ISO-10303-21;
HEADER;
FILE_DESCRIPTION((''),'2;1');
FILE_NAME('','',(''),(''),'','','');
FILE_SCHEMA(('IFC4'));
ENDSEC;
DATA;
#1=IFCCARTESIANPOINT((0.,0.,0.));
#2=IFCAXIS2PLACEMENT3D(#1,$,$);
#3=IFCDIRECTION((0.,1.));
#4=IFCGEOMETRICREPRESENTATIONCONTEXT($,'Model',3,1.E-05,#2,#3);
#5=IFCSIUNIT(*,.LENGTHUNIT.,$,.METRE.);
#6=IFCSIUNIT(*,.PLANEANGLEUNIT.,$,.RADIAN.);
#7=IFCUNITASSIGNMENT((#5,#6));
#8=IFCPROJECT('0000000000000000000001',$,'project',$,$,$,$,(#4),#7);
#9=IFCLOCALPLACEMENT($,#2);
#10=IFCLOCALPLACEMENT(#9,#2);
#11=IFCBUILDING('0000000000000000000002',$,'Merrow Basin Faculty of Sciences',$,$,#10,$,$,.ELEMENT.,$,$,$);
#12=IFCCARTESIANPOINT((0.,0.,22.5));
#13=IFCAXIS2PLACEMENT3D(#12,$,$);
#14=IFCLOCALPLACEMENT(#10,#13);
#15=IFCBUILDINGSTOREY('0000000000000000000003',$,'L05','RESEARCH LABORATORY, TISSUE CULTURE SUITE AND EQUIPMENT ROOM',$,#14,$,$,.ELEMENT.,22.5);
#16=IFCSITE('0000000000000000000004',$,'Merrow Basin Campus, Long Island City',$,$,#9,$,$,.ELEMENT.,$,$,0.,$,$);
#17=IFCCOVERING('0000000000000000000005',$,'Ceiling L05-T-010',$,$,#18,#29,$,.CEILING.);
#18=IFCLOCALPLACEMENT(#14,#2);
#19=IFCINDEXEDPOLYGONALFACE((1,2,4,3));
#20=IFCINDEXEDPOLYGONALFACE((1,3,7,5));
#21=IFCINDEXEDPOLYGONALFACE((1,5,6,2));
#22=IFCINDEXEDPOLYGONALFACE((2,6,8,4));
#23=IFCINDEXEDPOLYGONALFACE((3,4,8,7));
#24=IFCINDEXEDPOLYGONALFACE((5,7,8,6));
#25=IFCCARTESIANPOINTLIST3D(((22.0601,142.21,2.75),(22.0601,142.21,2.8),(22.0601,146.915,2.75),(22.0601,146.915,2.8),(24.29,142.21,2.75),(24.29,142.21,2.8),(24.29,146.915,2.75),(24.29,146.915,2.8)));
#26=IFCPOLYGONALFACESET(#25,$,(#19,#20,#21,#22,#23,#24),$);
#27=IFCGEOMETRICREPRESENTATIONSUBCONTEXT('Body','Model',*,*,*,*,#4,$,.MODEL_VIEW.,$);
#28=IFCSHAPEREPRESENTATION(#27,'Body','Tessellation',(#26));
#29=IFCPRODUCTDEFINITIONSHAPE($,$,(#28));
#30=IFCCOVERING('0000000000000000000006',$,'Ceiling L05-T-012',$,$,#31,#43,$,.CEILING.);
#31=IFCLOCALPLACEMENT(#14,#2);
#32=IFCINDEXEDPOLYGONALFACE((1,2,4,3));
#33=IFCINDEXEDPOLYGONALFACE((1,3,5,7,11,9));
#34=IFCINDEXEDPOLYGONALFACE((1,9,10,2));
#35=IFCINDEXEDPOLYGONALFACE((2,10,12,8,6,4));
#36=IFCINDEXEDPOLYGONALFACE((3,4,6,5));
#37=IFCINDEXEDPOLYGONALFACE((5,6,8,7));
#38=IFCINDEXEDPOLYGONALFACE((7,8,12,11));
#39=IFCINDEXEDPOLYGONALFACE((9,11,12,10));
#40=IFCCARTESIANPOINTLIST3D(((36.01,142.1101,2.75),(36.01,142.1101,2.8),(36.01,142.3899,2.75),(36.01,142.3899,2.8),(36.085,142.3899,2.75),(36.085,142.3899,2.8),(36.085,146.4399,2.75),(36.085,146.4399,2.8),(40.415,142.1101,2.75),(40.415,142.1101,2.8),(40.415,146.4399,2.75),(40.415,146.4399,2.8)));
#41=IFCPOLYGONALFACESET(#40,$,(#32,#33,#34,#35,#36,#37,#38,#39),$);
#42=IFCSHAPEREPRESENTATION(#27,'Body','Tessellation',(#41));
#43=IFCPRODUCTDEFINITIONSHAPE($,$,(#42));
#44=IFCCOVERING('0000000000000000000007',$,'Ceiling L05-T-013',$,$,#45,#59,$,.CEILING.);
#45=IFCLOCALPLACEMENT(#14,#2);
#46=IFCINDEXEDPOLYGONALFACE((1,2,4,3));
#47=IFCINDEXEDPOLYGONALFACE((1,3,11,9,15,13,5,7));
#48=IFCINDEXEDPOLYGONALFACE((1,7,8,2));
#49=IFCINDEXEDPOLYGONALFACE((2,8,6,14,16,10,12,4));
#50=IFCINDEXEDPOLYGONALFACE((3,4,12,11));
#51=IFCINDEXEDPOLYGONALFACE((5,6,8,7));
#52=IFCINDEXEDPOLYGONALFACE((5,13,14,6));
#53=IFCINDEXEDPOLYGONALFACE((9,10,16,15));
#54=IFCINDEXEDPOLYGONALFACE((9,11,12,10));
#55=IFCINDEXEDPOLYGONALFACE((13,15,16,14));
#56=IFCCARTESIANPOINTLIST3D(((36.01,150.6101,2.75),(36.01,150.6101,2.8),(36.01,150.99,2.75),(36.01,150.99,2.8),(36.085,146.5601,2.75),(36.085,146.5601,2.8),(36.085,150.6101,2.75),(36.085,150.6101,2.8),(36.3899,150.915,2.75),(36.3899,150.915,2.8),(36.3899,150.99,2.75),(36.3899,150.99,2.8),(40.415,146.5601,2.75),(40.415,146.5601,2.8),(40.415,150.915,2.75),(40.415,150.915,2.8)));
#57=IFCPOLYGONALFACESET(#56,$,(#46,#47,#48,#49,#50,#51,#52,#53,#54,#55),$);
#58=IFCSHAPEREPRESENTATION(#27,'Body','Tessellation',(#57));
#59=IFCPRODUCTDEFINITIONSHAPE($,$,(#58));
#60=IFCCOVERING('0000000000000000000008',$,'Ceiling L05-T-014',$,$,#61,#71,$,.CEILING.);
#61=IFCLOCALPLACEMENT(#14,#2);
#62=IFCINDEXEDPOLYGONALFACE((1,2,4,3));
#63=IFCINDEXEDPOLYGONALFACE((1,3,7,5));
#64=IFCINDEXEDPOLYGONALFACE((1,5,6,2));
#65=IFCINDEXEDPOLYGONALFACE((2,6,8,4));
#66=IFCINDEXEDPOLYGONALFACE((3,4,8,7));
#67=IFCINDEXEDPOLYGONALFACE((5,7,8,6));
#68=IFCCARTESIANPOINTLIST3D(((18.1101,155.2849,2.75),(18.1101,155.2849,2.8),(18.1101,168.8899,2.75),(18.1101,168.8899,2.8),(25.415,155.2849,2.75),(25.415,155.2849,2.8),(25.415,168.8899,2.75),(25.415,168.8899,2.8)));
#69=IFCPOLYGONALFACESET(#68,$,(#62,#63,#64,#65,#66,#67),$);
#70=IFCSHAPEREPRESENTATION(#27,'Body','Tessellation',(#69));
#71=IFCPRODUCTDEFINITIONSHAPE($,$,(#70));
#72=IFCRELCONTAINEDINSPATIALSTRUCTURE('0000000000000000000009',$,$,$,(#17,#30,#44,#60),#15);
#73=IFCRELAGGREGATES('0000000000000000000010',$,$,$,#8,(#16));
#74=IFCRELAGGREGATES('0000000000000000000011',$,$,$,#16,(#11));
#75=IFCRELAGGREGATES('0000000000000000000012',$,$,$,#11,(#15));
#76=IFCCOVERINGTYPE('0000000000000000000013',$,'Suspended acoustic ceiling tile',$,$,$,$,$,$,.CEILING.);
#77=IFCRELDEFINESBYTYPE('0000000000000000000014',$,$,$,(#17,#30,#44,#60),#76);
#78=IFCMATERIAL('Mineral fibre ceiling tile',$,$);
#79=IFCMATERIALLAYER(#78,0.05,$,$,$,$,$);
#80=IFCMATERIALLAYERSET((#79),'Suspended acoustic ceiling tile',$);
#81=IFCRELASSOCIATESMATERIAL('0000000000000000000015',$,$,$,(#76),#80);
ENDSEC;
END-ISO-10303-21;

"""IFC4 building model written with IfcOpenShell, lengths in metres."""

from ifc_helpers import new_model, si_unit, direction, frame, origin, place, context, subcontext, project, spatial, polyline, outline, extrude, material, layer, layer_set, type_object, element, save


model = new_model("IFC4")

# Units and contexts
model_context = context("Model", 3, precision=1e-05, world=origin(), true_north=direction((0.0, 1.0)))
body_context = subcontext(model_context, "Body", "Model", "MODEL_VIEW")
ifc_project = project(units=[si_unit("LENGTHUNIT", "METRE"), si_unit("PLANEANGLEUNIT", "RADIAN")], contexts=[model_context])

# Site, building, storey
site_placement = place(None, origin())
site = spatial("IfcSite", under=ifc_project, at=site_placement, Name="Merrow Basin Campus, Long Island City", CompositionType="ELEMENT", RefElevation=0.0)
building_placement = place(site_placement, origin())
building = spatial("IfcBuilding", under=site, at=building_placement, Name="Merrow Basin Faculty of Sciences", CompositionType="ELEMENT")
storey_placement = place(building_placement, frame((0.0, 0.0, 22.5)))
storey = spatial("IfcBuildingStorey", under=building, at=storey_placement, Name="L05", Description="RESEARCH LABORATORY, TISSUE CULTURE SUITE AND EQUIPMENT ROOM", CompositionType="ELEMENT", Elevation=22.5)

# Coverings
ifc_material_1 = material(Name="Mineral fibre ceiling tile")
ifc_layer_1 = layer(ifc_material_1, 0.05)
ifc_layer_set_1 = layer_set([ifc_layer_1], Name="Suspended acoustic ceiling tile")
covering_type_1 = type_object("IfcCoveringType", Name="Suspended acoustic ceiling tile", PredefinedType="CEILING", material=ifc_layer_set_1)
covering_1_placement = place(storey_placement, frame((0.0, 0.0, 2.75)))
element("IfcCovering", 1, at=covering_1_placement, inside=storey, type_object=covering_type_1, Name="Ceiling L05-T-010", PredefinedType="CEILING", context=body_context, shape_type="SweptSolid", body=[
    extrude(outline(polyline([(24.29, 146.915), (24.29, 142.21), (22.0601, 142.21), (22.0601, 146.915), (24.29, 146.915)])), origin(), (0.0, 0.0, 1.0), 0.05),
])
covering_2_placement = place(storey_placement, frame((0.0, 0.0, 2.75)))
element("IfcCovering", 2, at=covering_2_placement, inside=storey, type_object=covering_type_1, Name="Ceiling L05-T-012", PredefinedType="CEILING", context=body_context, shape_type="SweptSolid", body=[
    extrude(outline(polyline([(36.01, 142.1101), (36.01, 142.3899), (36.085, 142.3899), (36.085, 146.4399), (40.415, 146.4399), (40.415, 142.1101), (36.01, 142.1101)])), origin(), (0.0, 0.0, 1.0), 0.05),
])
covering_3_placement = place(storey_placement, frame((0.0, 0.0, 2.75)))
element("IfcCovering", 3, at=covering_3_placement, inside=storey, type_object=covering_type_1, Name="Ceiling L05-T-013", PredefinedType="CEILING", context=body_context, shape_type="SweptSolid", body=[
    extrude(outline(polyline([(36.01, 150.99), (36.3899, 150.99), (36.3899, 150.915), (40.415, 150.915), (40.415, 146.5601), (36.085, 146.5601), (36.085, 150.6101), (36.01, 150.6101), (36.01, 150.99)])), origin(), (0.0, 0.0, 1.0), 0.05),
])
covering_4_placement = place(storey_placement, frame((0.0, 0.0, 2.75)))
element("IfcCovering", 4, at=covering_4_placement, inside=storey, type_object=covering_type_1, Name="Ceiling L05-T-014", PredefinedType="CEILING", context=body_context, shape_type="SweptSolid", body=[
    extrude(outline(polyline([(18.1101, 168.8899), (25.415, 168.8899), (25.415, 155.2849), (18.1101, 155.2849), (18.1101, 168.8899)])), origin(), (0.0, 0.0, 1.0), 0.05),
])

save(model, "model.ifc")
